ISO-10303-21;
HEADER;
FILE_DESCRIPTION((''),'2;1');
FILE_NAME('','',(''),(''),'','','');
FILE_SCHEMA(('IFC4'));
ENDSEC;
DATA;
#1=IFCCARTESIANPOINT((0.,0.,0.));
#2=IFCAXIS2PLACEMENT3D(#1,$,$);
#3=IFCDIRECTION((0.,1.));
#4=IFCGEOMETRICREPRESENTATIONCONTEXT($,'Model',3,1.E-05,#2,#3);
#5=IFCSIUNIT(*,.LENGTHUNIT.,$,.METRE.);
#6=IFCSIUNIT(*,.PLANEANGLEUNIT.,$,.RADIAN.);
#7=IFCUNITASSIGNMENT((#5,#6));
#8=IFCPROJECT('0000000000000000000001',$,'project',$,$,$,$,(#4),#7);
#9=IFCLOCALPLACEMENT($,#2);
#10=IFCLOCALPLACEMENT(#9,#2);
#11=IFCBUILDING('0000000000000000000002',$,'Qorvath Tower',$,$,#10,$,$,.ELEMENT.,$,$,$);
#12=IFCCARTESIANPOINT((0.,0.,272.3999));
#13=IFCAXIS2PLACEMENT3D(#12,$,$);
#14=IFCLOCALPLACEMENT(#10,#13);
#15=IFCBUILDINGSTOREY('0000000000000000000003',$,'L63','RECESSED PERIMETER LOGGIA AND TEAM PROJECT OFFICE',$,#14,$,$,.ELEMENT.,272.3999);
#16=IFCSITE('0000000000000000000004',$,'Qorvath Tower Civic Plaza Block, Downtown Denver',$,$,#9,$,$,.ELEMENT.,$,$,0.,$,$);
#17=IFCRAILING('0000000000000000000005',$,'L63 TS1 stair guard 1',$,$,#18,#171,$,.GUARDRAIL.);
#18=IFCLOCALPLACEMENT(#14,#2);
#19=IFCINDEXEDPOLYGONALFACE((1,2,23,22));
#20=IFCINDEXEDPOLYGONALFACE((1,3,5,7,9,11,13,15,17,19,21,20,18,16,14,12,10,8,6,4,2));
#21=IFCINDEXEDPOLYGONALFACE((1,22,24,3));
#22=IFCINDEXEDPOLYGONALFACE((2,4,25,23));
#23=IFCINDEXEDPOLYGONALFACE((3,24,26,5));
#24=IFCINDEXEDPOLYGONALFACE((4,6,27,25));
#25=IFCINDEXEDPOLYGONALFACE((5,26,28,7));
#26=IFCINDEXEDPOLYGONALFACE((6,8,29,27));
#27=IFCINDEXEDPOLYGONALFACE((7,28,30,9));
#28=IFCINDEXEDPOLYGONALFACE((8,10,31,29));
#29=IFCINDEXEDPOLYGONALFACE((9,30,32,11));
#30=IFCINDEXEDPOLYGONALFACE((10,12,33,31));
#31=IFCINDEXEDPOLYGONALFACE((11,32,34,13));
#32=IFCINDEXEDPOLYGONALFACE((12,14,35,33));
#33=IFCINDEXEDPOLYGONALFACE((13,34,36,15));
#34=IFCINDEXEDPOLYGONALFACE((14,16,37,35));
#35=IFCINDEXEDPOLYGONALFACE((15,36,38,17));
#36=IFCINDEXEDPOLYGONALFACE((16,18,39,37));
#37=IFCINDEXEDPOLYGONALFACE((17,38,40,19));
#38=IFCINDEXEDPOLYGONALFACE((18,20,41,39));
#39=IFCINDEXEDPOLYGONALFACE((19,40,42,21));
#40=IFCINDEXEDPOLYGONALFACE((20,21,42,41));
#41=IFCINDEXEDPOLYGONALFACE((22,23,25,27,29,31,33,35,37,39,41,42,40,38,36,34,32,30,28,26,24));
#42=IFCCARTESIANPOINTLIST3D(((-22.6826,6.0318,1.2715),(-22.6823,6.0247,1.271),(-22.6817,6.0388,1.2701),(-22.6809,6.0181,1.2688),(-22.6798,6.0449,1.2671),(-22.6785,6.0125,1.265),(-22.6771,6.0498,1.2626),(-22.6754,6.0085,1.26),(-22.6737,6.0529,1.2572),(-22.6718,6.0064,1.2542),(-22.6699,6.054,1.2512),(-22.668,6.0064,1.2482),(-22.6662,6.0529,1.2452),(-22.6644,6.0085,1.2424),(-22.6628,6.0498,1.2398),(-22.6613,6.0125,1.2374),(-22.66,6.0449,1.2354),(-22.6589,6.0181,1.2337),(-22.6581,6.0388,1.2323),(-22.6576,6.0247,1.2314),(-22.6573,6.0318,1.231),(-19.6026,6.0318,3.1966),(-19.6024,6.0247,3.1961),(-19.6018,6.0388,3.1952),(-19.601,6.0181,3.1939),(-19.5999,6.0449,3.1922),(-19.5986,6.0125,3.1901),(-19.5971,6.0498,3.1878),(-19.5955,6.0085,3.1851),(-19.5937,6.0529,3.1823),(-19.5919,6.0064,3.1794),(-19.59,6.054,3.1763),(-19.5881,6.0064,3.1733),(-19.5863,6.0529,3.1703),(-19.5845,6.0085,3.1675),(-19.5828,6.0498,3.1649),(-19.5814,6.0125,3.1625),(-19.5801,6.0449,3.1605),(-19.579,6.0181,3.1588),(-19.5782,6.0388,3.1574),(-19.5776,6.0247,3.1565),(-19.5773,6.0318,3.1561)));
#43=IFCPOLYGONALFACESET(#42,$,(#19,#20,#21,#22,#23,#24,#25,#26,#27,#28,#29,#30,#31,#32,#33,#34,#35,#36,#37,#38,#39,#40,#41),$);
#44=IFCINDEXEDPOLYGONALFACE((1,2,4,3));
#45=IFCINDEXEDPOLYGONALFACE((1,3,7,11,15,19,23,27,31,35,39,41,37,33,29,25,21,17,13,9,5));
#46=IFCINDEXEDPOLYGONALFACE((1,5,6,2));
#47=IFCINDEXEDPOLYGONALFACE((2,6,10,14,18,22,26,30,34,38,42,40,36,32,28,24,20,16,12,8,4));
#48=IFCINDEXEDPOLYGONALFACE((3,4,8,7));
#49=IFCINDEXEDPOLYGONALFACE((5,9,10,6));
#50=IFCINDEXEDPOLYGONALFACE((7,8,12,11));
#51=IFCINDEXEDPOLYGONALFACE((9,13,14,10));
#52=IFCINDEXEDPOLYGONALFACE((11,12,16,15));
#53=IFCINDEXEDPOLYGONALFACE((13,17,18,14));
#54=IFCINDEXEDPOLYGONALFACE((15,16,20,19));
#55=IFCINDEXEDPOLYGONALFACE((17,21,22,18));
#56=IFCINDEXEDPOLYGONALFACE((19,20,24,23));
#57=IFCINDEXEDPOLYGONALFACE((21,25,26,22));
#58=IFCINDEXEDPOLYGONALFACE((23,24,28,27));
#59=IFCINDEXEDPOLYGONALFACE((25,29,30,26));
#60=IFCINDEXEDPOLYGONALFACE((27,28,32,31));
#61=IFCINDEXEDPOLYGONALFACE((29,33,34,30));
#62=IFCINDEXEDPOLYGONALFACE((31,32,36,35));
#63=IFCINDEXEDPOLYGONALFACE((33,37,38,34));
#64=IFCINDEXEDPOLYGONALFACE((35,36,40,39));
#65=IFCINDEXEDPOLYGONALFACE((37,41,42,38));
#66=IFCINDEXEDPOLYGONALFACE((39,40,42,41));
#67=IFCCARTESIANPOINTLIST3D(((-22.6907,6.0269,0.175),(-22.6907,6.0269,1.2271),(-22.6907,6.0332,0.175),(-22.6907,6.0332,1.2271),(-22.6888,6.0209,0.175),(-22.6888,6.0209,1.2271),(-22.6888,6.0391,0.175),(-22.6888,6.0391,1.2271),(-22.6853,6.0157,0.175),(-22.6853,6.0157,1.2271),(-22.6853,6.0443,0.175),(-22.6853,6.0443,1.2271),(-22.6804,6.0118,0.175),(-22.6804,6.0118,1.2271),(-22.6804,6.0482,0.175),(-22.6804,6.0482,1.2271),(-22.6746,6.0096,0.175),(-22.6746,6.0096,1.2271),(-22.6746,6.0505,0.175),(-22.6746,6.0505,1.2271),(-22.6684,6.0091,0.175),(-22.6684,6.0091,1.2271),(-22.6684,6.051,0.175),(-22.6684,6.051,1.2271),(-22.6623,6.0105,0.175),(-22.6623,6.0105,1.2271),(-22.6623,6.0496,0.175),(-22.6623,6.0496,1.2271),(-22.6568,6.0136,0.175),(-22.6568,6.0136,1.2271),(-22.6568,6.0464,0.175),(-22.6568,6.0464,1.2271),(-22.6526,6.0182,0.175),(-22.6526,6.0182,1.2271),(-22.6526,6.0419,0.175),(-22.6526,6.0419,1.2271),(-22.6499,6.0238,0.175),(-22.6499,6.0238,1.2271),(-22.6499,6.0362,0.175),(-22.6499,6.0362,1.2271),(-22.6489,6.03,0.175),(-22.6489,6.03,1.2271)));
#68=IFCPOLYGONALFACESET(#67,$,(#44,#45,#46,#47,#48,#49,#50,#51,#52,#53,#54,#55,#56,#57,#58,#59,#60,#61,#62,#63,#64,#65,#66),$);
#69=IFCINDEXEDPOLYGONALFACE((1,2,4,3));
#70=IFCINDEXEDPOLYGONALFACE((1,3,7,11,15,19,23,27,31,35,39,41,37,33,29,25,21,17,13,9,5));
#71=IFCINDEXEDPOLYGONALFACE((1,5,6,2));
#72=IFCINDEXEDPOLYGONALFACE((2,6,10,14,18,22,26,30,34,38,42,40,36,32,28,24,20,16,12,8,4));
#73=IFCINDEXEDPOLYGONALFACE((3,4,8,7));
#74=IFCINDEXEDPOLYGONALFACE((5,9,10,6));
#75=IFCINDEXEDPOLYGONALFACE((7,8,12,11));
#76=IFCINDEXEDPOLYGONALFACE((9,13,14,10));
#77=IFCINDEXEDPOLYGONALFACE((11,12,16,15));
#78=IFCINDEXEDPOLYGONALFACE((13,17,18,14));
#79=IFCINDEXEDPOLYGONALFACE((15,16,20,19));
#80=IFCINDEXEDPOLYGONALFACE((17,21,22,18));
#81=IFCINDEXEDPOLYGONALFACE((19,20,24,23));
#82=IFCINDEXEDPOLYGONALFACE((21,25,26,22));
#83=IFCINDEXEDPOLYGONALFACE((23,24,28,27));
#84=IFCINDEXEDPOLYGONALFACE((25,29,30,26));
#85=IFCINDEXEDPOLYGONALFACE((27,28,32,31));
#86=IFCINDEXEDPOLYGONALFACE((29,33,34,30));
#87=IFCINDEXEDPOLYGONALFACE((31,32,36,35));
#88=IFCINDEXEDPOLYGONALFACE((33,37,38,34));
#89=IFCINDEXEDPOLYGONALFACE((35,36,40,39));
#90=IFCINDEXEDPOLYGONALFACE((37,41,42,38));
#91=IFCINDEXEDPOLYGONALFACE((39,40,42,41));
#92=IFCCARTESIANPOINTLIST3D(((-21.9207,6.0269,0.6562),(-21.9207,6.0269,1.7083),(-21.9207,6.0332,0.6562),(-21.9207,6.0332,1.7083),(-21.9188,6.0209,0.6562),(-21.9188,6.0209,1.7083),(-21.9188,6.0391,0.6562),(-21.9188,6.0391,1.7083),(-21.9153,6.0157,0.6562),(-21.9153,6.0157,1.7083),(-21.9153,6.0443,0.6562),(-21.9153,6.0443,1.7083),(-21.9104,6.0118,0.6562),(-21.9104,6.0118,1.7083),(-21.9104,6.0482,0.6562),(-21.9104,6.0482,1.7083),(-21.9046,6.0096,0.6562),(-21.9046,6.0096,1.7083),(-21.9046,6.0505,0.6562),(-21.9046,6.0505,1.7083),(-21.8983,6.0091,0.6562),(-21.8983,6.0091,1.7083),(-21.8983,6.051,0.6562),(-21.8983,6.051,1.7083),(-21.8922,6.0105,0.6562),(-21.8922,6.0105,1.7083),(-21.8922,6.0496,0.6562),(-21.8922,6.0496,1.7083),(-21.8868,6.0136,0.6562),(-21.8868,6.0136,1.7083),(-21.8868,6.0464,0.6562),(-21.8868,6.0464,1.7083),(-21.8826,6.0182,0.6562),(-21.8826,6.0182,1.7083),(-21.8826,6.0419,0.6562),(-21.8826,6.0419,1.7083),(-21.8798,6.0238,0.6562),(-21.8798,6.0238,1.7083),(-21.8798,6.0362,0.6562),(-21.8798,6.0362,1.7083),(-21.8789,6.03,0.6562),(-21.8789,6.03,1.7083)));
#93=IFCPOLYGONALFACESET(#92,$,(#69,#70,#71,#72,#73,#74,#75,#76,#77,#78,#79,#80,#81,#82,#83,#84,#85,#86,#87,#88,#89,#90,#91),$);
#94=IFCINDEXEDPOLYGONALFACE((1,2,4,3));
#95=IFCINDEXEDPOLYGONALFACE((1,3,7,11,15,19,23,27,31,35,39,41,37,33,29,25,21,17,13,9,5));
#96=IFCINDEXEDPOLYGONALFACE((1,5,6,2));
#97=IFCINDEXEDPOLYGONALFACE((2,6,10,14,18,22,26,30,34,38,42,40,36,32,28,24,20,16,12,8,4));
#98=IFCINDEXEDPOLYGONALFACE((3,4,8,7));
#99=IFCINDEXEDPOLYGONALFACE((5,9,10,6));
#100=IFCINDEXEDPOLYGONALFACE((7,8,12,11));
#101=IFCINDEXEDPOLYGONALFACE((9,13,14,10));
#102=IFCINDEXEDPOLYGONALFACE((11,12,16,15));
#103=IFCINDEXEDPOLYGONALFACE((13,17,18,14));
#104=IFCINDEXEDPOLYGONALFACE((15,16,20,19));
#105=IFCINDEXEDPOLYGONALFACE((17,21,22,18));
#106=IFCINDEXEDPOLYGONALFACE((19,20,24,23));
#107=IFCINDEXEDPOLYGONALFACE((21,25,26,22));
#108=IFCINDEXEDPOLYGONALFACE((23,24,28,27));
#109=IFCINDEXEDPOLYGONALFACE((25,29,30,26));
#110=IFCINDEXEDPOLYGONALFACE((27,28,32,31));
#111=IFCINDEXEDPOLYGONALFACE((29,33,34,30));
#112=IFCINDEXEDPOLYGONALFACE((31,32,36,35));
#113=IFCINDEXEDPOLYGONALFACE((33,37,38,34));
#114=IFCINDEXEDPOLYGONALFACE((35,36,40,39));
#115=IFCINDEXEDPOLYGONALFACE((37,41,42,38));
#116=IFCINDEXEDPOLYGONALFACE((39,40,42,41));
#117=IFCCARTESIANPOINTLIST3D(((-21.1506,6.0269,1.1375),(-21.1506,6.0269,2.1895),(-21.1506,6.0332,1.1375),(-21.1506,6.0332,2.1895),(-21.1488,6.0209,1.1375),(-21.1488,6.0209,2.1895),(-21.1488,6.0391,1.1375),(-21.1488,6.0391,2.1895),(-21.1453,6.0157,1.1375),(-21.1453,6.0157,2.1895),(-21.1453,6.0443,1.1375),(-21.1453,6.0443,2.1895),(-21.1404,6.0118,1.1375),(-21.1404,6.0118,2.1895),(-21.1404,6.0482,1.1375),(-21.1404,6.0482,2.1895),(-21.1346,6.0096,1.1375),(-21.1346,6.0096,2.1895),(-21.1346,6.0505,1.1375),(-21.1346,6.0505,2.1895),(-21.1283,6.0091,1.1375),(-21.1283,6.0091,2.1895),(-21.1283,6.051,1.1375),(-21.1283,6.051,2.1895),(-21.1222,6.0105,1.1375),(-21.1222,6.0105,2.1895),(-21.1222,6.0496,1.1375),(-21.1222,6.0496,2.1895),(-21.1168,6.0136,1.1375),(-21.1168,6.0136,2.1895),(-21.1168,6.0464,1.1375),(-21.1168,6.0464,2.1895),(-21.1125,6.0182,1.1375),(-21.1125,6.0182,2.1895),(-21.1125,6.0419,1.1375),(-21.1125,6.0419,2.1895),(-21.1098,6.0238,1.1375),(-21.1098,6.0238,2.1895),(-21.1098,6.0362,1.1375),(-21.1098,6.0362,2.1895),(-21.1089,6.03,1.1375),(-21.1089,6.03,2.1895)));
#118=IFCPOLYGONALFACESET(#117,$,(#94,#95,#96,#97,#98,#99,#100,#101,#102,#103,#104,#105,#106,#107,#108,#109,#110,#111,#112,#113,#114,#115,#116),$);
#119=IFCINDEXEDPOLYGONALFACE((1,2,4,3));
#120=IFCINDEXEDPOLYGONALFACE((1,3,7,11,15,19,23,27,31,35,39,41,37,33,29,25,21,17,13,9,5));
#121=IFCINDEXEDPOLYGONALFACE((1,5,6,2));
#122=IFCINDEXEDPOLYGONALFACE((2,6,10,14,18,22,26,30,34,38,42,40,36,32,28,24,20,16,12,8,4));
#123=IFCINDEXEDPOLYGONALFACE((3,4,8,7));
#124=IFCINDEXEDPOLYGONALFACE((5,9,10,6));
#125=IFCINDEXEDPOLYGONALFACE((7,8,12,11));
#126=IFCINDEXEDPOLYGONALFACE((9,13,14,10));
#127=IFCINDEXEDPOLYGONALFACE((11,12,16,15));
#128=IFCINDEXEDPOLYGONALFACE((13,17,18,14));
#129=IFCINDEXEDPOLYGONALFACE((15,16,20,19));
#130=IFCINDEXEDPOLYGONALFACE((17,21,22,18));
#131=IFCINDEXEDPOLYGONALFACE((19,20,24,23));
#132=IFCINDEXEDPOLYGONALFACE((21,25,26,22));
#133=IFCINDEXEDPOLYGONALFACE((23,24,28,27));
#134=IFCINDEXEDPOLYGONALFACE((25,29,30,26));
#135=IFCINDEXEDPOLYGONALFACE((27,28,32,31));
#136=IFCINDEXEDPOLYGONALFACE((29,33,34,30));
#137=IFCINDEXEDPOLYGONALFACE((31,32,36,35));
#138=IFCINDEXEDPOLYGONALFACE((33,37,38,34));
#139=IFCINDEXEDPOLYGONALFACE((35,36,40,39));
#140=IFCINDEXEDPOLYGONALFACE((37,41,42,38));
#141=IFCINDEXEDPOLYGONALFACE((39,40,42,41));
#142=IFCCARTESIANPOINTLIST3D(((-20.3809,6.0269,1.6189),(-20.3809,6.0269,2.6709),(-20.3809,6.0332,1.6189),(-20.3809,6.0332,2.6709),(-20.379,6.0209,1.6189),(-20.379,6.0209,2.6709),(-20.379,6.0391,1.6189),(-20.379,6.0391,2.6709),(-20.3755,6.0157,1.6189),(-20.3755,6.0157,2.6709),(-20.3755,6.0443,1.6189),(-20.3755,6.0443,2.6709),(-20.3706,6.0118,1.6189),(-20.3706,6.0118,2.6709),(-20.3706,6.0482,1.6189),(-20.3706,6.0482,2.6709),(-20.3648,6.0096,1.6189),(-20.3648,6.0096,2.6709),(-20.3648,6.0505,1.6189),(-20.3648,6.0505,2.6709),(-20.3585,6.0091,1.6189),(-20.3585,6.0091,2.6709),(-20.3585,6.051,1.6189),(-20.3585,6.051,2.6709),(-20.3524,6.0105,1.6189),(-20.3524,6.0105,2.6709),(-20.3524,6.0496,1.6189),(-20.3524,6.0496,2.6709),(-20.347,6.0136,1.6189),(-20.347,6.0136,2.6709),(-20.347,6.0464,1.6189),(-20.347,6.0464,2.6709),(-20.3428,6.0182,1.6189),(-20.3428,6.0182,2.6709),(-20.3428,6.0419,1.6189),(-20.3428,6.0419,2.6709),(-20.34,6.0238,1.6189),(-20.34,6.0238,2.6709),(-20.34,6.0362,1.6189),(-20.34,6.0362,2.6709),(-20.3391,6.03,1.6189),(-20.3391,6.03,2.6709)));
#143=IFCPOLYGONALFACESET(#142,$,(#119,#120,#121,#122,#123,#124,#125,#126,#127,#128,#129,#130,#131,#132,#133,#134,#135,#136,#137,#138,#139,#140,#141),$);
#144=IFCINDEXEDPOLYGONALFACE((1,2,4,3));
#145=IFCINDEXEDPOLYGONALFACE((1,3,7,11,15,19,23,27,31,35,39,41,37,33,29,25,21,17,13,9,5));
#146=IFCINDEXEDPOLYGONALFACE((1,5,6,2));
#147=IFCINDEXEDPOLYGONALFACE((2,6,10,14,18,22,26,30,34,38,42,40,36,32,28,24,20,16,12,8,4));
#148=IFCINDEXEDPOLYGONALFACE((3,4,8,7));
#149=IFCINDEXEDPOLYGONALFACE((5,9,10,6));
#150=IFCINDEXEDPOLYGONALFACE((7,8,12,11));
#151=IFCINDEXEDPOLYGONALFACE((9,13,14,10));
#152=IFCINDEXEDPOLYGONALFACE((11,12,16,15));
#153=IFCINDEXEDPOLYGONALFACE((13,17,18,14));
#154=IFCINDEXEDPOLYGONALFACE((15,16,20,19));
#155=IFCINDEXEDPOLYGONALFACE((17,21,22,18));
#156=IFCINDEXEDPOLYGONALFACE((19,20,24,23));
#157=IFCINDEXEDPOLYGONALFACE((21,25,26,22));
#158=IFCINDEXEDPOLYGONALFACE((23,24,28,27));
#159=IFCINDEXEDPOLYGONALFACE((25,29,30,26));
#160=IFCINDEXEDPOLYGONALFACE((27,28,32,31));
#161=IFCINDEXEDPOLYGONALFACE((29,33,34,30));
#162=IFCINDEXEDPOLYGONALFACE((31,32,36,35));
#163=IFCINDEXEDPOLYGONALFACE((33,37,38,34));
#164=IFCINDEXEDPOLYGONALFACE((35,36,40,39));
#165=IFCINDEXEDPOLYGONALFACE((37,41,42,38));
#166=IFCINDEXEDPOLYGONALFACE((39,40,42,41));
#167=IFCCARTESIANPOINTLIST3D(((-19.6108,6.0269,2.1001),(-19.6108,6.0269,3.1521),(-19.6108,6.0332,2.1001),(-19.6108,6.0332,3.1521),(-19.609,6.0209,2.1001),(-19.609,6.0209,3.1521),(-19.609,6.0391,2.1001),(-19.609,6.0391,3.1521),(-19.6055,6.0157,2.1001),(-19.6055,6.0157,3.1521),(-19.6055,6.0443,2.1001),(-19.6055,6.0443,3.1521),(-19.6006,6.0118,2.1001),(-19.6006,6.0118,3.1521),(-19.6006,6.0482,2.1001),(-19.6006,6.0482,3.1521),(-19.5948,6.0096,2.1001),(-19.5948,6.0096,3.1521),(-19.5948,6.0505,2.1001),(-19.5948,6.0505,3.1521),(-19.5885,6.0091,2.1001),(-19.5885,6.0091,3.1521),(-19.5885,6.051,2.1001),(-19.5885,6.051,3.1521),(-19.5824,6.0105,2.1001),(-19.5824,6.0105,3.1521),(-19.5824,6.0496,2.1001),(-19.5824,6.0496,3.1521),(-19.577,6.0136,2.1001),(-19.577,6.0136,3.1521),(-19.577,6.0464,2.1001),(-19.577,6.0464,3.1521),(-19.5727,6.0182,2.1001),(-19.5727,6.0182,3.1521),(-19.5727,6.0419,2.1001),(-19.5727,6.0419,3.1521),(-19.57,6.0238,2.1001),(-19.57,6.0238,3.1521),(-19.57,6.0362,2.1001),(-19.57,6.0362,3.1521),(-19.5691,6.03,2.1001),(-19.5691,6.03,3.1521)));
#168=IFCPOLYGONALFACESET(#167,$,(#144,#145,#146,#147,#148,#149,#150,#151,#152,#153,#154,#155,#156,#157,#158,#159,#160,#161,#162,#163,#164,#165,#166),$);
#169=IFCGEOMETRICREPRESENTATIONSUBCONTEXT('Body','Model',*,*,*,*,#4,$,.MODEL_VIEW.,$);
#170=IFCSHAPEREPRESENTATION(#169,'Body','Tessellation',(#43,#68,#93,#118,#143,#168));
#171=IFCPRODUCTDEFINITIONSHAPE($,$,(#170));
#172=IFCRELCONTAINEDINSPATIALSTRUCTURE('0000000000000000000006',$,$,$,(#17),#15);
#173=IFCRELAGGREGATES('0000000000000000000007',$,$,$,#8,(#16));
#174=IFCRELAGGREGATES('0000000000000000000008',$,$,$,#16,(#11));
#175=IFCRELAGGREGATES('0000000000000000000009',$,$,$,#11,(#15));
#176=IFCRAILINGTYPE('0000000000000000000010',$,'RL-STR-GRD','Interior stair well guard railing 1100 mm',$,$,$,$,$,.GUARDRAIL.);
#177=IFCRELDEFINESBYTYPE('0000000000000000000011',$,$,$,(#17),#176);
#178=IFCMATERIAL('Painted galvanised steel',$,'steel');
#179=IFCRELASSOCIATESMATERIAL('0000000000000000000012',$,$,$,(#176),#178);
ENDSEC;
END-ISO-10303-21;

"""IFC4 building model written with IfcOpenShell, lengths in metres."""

from ifc_helpers import new_model, si_unit, direction, frame, origin, origin_2d, place, context, subcontext, project, spatial, circle, extrude, material, type_object, element, save


model = new_model("IFC4")

# Units and contexts
model_context = context("Model", 3, precision=1e-05, world=origin(), true_north=direction((0.0, 1.0)))
body_context = subcontext(model_context, "Body", "Model", "MODEL_VIEW")
ifc_project = project(units=[si_unit("LENGTHUNIT", "METRE"), si_unit("PLANEANGLEUNIT", "RADIAN")], contexts=[model_context])

# Site, building, storey
site_placement = place(None, origin())
site = spatial("IfcSite", under=ifc_project, at=site_placement, Name="Qorvath Tower Civic Plaza Block, Downtown Denver", CompositionType="ELEMENT", RefElevation=0.0)
building_placement = place(site_placement, origin())
building = spatial("IfcBuilding", under=site, at=building_placement, Name="Qorvath Tower", CompositionType="ELEMENT")
storey_placement = place(building_placement, frame((0.0, 0.0, 272.3999)))
storey = spatial("IfcBuildingStorey", under=building, at=storey_placement, Name="L63", Description="RECESSED PERIMETER LOGGIA AND TEAM PROJECT OFFICE", CompositionType="ELEMENT", Elevation=272.3999)

# Railing
ifc_material_1 = material(Name="Painted galvanised steel", Category="steel")
railing_type_1 = type_object("IfcRailingType", Name="RL-STR-GRD", Description="Interior stair well guard railing 1100 mm", PredefinedType="GUARDRAIL", material=ifc_material_1)
railing_1_placement = place(storey_placement, frame((-22.6699, 6.03, 0.175)))
element("IfcRailing", 1, at=railing_1_placement, inside=storey, type_object=railing_type_1, Name="L63 TS1 stair guard 1", PredefinedType="GUARDRAIL", context=body_context, shape_type="SweptSolid", body=[
    extrude(circle(Radius=0.0239, at=origin_2d()), frame((0.0, 0.0, 1.0762), z_axis=(0.847979, 0.0, 0.530029), x_axis=(0.0, 1.0, 0.0)), (0.0, 0.0, 1.0), 3.6321),
    extrude(circle(Radius=0.021, at=origin_2d()), origin(), (0.0, 0.0, 1.0), 1.052),
    extrude(circle(Radius=0.021, at=origin_2d()), frame((0.77, 0.0, 0.4812)), (0.0, 0.0, 1.0), 1.052),
    extrude(circle(Radius=0.021, at=origin_2d()), frame((1.54, 0.0, 0.9624)), (0.0, 0.0, 1.0), 1.052),
    extrude(circle(Radius=0.021, at=origin_2d()), frame((2.3098, 0.0, 1.4438)), (0.0, 0.0, 1.0), 1.052),
    extrude(circle(Radius=0.021, at=origin_2d()), frame((3.0798, 0.0, 1.925)), (0.0, 0.0, 1.0), 1.052),
])

save(model, "model.ifc")
